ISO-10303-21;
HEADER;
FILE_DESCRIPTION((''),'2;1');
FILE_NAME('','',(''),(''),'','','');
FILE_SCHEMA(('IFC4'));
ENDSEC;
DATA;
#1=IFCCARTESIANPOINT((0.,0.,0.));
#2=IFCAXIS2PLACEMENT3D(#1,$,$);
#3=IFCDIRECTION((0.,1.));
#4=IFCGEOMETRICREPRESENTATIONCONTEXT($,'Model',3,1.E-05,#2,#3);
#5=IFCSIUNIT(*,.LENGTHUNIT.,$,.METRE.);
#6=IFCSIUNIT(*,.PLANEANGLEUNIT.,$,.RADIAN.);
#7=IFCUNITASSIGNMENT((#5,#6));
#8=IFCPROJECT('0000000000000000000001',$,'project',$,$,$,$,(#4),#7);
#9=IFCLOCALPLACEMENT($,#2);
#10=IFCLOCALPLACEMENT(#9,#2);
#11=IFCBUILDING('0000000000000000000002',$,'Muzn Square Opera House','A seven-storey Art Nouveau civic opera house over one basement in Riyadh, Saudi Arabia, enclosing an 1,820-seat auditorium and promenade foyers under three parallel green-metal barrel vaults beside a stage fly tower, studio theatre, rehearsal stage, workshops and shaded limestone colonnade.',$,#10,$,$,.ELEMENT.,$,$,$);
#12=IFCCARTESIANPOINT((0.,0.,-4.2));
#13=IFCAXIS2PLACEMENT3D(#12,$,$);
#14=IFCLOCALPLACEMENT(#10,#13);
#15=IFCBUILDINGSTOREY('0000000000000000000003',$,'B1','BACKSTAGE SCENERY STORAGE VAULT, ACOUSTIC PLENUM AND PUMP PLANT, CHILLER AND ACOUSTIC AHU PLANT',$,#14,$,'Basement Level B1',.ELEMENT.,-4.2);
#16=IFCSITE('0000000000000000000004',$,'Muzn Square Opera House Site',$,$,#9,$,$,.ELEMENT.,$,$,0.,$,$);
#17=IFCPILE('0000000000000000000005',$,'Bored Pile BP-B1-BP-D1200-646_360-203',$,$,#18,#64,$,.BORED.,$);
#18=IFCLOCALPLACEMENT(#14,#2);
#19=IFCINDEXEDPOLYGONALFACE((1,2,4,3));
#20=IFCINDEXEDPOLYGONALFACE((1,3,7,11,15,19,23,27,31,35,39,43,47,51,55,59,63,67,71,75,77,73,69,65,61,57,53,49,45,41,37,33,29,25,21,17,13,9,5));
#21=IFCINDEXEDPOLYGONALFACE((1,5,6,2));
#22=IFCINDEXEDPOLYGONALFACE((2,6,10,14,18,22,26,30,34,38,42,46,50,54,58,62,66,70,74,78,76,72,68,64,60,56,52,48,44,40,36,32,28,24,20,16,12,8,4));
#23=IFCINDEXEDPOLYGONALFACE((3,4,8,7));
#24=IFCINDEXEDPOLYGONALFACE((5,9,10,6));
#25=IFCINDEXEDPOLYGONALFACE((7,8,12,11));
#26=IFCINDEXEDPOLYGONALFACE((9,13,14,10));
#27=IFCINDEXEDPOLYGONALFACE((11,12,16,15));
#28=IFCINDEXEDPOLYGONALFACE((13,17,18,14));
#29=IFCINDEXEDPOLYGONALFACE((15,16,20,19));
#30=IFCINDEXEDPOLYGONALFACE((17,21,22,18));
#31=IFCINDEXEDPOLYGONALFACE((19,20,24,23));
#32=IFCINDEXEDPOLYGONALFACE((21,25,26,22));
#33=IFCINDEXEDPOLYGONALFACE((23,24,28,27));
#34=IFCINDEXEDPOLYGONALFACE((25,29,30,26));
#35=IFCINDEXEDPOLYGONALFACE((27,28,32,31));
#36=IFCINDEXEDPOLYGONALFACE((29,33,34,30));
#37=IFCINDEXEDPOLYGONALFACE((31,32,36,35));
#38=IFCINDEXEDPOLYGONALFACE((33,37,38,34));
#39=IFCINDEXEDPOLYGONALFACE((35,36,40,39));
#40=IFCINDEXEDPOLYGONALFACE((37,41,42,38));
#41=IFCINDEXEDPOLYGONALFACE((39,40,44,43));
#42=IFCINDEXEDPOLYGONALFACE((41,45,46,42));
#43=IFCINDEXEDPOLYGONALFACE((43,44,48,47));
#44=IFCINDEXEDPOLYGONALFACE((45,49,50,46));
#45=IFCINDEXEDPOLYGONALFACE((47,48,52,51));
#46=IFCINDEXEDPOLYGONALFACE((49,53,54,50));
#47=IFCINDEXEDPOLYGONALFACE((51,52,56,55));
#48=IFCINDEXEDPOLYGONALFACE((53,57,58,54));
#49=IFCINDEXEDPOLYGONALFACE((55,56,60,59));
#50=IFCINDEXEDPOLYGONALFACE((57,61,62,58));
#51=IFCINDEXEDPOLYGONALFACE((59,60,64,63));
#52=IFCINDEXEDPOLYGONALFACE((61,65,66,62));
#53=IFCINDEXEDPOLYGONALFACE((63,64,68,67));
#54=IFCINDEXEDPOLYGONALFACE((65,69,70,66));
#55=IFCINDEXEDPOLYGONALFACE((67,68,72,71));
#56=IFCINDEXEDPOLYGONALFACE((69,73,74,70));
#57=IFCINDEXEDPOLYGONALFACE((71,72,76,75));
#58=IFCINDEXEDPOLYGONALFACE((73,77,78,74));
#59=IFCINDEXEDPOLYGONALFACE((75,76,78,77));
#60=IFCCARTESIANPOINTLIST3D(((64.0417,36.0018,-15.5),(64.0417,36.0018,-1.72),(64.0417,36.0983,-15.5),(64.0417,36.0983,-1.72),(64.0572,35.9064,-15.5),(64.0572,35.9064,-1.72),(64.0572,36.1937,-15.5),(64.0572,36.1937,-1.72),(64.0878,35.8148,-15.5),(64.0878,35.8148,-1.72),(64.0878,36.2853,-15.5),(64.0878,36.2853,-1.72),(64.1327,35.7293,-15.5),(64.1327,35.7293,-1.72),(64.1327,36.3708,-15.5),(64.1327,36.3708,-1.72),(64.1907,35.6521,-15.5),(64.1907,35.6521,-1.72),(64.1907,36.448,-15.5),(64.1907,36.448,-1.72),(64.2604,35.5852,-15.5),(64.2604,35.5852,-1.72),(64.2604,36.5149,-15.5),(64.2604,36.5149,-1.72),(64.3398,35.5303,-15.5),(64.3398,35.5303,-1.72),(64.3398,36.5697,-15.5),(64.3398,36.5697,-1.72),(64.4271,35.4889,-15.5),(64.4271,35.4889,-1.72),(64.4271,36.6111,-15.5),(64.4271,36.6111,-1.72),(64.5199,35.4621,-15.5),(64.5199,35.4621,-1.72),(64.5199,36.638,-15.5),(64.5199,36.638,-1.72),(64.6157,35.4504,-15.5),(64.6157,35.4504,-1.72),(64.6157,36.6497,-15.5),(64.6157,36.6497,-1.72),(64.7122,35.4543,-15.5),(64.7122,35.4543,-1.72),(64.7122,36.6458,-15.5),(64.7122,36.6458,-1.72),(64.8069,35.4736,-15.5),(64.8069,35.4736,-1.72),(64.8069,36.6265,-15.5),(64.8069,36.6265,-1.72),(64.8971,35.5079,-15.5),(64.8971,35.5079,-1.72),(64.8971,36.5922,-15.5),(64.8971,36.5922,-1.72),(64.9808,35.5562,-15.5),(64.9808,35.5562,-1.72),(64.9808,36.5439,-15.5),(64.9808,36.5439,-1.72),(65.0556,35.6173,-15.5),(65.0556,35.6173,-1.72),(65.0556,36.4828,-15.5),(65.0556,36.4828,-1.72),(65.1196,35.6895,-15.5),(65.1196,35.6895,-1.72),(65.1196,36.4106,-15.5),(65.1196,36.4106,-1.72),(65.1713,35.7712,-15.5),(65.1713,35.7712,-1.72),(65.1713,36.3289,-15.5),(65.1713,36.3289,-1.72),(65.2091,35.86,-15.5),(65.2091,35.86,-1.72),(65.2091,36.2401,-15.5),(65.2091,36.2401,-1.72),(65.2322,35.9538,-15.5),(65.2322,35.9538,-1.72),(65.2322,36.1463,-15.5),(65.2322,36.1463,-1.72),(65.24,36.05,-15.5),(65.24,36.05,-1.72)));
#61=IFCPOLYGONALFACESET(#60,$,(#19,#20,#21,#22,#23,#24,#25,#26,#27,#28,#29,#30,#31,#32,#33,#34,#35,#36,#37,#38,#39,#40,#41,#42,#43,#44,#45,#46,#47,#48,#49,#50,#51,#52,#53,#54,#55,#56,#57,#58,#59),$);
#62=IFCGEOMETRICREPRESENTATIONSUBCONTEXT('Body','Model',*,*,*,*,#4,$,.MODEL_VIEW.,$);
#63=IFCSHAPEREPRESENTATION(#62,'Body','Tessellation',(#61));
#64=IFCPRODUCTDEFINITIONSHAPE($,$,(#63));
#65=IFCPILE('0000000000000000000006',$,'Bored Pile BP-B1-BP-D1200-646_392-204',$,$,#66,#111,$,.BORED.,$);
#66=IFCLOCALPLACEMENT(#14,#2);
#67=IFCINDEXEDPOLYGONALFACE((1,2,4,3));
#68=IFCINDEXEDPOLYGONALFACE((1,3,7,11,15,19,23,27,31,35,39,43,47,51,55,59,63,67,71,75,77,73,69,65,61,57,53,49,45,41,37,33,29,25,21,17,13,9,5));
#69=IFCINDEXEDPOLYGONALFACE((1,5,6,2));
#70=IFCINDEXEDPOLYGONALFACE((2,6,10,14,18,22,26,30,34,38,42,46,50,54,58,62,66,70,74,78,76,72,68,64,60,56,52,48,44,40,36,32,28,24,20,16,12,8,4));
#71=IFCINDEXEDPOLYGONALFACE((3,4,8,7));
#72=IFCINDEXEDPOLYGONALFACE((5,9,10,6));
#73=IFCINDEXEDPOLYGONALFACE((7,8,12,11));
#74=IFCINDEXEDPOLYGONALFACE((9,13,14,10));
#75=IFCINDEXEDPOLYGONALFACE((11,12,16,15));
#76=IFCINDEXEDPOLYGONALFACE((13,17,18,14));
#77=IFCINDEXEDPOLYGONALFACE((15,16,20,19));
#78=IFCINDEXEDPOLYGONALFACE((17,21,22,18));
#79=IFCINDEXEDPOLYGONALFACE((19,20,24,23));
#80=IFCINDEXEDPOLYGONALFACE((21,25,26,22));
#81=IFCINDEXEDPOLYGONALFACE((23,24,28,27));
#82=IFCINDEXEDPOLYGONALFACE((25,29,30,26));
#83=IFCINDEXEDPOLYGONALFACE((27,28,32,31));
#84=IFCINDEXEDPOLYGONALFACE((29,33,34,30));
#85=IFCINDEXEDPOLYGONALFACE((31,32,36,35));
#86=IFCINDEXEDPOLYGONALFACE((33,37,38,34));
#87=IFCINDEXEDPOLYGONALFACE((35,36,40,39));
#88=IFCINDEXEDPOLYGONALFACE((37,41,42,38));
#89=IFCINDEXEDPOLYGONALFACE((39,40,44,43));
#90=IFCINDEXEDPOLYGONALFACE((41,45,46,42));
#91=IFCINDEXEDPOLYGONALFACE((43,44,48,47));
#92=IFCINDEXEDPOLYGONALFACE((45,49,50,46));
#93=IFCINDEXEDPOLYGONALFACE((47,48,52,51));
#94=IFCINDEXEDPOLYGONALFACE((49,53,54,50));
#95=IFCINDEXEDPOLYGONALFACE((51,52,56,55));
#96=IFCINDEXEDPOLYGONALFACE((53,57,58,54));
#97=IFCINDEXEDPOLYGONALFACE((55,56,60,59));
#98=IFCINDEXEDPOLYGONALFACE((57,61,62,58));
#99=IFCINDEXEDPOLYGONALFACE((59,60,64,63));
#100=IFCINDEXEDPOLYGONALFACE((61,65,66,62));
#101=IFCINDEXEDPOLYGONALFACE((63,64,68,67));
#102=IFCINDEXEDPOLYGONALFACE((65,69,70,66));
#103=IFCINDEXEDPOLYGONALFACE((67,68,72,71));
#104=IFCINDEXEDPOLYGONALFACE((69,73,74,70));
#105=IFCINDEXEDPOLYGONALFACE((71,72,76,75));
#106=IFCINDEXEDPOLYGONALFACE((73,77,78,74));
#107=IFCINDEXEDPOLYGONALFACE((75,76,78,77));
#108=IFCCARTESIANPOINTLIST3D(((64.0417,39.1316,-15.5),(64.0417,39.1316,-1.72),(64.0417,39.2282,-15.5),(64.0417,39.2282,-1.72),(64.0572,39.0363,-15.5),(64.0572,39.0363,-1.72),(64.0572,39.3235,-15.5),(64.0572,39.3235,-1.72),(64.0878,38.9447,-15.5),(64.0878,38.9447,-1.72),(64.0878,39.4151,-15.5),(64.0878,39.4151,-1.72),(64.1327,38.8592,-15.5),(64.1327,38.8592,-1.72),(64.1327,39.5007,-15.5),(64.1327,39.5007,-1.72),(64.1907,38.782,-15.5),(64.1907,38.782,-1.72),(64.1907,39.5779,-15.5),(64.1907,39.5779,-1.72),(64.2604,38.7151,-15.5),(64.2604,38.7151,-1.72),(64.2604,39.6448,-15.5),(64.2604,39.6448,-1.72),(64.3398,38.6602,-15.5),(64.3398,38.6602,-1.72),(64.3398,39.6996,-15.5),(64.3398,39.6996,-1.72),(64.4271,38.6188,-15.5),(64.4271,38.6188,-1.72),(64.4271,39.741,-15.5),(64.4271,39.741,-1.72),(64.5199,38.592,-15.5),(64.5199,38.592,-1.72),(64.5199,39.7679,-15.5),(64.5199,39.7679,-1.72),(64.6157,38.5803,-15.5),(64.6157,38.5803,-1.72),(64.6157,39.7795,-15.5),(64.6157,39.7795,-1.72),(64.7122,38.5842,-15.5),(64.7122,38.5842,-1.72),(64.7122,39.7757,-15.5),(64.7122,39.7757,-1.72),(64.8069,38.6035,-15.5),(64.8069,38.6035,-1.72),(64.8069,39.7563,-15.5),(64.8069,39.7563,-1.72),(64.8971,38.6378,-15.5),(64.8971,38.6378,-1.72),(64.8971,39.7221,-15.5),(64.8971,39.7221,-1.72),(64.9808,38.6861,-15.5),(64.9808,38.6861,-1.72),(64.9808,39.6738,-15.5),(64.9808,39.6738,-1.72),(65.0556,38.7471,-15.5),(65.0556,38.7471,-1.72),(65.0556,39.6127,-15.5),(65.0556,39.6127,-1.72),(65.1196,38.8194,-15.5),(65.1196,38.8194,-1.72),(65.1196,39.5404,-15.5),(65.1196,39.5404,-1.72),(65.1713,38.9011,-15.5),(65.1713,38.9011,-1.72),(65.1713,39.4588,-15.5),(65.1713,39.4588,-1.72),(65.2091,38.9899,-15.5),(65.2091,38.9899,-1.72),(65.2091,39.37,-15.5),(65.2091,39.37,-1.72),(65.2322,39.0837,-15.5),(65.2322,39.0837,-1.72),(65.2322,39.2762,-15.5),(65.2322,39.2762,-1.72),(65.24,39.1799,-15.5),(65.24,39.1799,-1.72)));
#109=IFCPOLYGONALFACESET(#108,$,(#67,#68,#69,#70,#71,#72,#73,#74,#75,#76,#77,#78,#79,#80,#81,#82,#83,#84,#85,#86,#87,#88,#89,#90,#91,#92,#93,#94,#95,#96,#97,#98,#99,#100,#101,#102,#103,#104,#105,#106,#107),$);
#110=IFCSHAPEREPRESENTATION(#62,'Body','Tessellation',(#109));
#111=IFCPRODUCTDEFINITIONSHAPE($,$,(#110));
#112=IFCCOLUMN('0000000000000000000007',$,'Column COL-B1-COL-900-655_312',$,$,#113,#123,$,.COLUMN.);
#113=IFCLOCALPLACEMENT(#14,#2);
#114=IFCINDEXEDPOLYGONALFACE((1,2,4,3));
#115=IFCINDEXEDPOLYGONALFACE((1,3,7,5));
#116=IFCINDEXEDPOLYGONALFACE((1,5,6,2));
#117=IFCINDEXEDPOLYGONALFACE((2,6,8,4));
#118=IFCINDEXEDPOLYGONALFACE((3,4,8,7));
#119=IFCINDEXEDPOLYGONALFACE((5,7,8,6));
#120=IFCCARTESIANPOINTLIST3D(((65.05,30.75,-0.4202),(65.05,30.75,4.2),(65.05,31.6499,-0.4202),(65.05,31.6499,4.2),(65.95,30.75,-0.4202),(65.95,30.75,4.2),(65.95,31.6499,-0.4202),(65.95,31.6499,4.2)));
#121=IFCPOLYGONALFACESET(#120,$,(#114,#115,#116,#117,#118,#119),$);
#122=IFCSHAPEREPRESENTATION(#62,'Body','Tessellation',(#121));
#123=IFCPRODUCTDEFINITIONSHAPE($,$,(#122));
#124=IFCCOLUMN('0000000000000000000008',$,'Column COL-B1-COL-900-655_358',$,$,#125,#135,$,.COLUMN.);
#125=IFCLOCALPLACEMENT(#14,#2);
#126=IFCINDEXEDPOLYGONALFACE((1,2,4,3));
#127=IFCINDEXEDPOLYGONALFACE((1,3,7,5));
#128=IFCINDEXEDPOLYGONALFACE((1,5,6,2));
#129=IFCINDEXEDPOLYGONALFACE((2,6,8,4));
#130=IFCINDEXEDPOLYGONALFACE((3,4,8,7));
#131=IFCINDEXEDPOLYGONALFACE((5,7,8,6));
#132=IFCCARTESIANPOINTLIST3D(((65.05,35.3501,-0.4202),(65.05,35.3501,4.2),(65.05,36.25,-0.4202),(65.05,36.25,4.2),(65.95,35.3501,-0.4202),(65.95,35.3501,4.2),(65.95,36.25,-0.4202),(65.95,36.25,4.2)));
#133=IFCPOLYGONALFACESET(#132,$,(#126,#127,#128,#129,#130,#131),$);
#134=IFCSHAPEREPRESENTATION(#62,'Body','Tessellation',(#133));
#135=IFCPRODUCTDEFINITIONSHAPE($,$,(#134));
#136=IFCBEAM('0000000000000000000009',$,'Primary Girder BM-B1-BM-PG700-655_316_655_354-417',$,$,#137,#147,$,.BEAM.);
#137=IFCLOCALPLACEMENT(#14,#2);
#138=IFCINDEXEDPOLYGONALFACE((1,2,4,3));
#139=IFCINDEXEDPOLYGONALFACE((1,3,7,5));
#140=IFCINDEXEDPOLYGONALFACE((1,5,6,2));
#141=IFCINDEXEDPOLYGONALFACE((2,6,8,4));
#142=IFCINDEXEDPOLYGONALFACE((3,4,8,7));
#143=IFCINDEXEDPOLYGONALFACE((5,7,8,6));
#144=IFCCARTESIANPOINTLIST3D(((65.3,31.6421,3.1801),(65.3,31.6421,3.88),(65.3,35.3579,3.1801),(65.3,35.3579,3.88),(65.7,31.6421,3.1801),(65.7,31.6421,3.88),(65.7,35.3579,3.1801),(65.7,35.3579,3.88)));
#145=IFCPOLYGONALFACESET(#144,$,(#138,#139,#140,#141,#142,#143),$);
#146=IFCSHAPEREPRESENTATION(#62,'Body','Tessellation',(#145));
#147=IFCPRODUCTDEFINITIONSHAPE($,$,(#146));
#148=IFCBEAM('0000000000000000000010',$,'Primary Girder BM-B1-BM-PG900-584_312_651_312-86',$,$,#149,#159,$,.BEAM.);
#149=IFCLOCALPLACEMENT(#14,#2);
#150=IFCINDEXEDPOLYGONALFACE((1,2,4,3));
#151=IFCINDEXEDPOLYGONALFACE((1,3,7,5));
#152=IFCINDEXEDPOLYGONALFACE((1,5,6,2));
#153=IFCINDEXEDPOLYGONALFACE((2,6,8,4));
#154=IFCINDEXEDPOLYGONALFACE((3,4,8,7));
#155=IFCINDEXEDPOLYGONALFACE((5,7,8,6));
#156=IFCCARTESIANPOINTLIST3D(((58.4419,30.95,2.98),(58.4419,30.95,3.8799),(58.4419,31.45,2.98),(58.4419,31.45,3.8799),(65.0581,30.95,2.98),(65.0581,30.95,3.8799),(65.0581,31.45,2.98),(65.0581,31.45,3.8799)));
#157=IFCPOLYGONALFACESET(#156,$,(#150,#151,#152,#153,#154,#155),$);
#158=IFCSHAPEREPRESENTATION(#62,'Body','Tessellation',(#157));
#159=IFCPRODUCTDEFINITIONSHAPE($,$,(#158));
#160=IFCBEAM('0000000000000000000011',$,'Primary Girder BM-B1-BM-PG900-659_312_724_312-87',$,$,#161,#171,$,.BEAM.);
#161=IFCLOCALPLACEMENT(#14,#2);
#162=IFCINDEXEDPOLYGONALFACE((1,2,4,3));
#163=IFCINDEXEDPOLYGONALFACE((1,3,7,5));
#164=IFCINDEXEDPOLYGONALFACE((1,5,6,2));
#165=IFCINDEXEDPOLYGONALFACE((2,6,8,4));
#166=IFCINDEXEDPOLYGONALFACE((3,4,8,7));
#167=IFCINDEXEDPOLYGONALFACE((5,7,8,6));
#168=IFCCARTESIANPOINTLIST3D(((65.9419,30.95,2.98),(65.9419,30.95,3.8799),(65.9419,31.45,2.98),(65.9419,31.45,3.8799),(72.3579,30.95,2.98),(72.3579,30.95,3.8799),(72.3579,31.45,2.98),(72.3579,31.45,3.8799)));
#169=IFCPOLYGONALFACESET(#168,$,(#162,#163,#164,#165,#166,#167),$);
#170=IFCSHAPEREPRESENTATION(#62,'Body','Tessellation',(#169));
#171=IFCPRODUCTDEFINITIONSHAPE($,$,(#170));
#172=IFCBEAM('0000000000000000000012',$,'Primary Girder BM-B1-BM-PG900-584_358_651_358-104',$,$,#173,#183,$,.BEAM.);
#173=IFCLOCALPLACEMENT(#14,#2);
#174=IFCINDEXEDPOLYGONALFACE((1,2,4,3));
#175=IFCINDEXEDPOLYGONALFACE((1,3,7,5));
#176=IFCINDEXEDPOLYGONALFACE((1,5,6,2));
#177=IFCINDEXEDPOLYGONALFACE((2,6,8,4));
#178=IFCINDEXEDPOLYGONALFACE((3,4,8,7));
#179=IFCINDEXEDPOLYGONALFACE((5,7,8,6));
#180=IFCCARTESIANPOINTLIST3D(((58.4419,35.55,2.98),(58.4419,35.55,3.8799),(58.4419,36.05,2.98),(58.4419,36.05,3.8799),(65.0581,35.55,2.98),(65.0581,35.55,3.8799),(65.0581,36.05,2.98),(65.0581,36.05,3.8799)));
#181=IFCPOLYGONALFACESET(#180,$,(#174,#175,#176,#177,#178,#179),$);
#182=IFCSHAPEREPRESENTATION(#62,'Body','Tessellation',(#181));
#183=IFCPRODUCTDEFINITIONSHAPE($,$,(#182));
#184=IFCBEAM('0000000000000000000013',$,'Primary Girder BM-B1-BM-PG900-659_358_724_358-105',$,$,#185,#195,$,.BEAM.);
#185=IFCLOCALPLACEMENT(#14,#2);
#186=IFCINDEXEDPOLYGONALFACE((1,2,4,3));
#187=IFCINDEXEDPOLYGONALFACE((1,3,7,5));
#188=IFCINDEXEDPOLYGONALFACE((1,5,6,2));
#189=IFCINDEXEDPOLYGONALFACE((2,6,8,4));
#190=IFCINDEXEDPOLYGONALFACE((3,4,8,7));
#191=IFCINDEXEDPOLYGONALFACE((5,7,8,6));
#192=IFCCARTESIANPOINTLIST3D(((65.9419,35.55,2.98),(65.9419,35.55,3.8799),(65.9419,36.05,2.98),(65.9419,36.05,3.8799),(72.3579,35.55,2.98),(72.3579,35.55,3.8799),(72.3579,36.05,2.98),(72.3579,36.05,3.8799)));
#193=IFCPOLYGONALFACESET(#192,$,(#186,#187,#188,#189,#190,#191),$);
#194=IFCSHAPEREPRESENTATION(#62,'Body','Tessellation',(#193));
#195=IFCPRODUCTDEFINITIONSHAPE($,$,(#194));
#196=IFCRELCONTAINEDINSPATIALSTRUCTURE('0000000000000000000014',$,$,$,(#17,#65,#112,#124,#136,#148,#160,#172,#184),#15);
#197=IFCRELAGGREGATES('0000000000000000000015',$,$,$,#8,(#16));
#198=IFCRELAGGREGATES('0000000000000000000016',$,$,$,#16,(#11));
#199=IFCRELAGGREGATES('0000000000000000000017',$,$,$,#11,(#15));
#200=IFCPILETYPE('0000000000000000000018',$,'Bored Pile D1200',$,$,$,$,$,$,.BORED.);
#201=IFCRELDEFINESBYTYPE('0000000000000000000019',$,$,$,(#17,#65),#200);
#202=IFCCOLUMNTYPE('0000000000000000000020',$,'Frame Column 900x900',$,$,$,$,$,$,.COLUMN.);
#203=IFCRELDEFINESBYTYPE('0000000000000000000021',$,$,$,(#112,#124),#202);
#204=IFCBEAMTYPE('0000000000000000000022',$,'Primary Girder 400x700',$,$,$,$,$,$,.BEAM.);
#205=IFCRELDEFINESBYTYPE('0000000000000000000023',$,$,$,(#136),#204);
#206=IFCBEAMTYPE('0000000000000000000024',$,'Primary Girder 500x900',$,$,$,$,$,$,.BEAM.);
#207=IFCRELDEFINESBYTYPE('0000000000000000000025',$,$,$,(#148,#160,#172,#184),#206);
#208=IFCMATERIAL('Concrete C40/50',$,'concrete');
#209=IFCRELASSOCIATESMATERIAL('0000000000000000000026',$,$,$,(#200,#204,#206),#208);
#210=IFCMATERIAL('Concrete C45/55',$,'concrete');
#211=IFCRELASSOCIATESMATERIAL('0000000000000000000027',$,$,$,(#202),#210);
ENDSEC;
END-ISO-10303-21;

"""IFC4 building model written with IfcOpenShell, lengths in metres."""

from ifc_helpers import new_model, si_unit, direction, frame, origin, origin_2d, place, context, subcontext, project, spatial, rectangle, circle, extrude, material, material_profile, profile_set, type_object, element, save


model = new_model("IFC4")

# Units and contexts
model_context = context("Model", 3, precision=1e-05, world=origin(), true_north=direction((0.0, 1.0)))
body_context = subcontext(model_context, "Body", "Model", "MODEL_VIEW")
ifc_project = project(units=[si_unit("LENGTHUNIT", "METRE"), si_unit("PLANEANGLEUNIT", "RADIAN")], contexts=[model_context])

# Site, building, storey
site_placement = place(None, origin())
site = spatial("IfcSite", under=ifc_project, at=site_placement, Name="Muzn Square Opera House Site", CompositionType="ELEMENT", RefElevation=0.0)
building_placement = place(site_placement, origin())
building = spatial("IfcBuilding", under=site, at=building_placement, Name="Muzn Square Opera House", Description="A seven-storey Art Nouveau civic opera house over one basement in Riyadh, Saudi Arabia, enclosing an 1,820-seat auditorium and promenade foyers under three parallel green-metal barrel vaults beside a stage fly tower, studio theatre, rehearsal stage, workshops and shaded limestone colonnade.", CompositionType="ELEMENT")
storey_placement = place(building_placement, frame((0.0, 0.0, -4.2)))
storey = spatial("IfcBuildingStorey", under=building, at=storey_placement, Name="B1", Description="BACKSTAGE SCENERY STORAGE VAULT, ACOUSTIC PLENUM AND PUMP PLANT, CHILLER AND ACOUSTIC AHU PLANT", LongName="Basement Level B1", CompositionType="ELEMENT", Elevation=-4.2)

# Piles
ifc_material_1 = material(Name="Concrete C40/50", Category="concrete")
ifc_material_profile_1 = material_profile(ifc_material_1, circle(Radius=0.6001, at=origin_2d()), Name="BORED PILE D1200", Category="concrete")
ifc_profile_set_1 = profile_set([ifc_material_profile_1], Name="Concrete C40/50")
pile_type = type_object("IfcPileType", Name="Bored Pile D1200", PredefinedType="BORED", material=ifc_profile_set_1)
for number, where, z_axis, x_axis, name in (
    (1, (64.6399, 36.05, -1.72), (0.0, 0.0, -1.0), (1.0, 0.0, 0.0), "Bored Pile BP-B1-BP-D1200-646_360-203"),
    (2, (64.6399, 39.1799, -1.72), (0.0, 0.0, -1.0), (1.0, 0.0, 0.0), "Bored Pile BP-B1-BP-D1200-646_392-204"),
):
    element("IfcPile", number, at=place(storey_placement, frame(where, z_axis=z_axis, x_axis=x_axis)), inside=storey, type_object=pile_type, Name=name, PredefinedType="BORED", context=body_context, shape_type="SweptSolid", body=[
        extrude(circle(Radius=0.6001, at=origin_2d()), origin(), (0.0, 0.0, 1.0), 13.78),
    ])

# Columns
ifc_material_2 = material(Name="Concrete C45/55", Category="concrete")
ifc_material_profile_2 = material_profile(ifc_material_2, rectangle(XDim=0.8999, YDim=0.8999, at=origin_2d()), Name="RC 900x900", Category="concrete")
ifc_profile_set_2 = profile_set([ifc_material_profile_2], Name="Concrete C45/55")
column_type = type_object("IfcColumnType", Name="Frame Column 900x900", PredefinedType="COLUMN", material=ifc_profile_set_2)
for number, where, z_axis, x_axis, name in (
    (3, (65.5, 31.2, -0.4202), (0.0, 0.0, 1.0), (1.0, 0.0, 0.0), "Column COL-B1-COL-900-655_312"),
    (4, (65.5, 35.8, -0.4202), (0.0, 0.0, 1.0), (1.0, 0.0, 0.0), "Column COL-B1-COL-900-655_358"),
):
    element("IfcColumn", number, at=place(storey_placement, frame(where, z_axis=z_axis, x_axis=x_axis)), inside=storey, type_object=column_type, Name=name, PredefinedType="COLUMN", context=body_context, shape_type="SweptSolid", body=[
        extrude(rectangle(XDim=0.8999, YDim=0.8999, at=origin_2d()), origin(), (0.0, 0.0, 1.0), 4.6201),
    ])

# Beams
ifc_material_profile_3 = material_profile(ifc_material_1, rectangle(XDim=0.3999, YDim=0.7, at=origin_2d()), Name="RCB 400x700", Category="concrete")
ifc_profile_set_3 = profile_set([ifc_material_profile_3], Name="Concrete C40/50")
beam_type_1 = type_object("IfcBeamType", Name="Primary Girder 400x700", PredefinedType="BEAM", material=ifc_profile_set_3)
beam_1_placement = place(storey_placement, frame((65.5, 31.6421, 3.53), z_axis=(0.0, 1.0, 0.0), x_axis=(-1.0, 0.0, 0.0)))
element("IfcBeam", 5, at=beam_1_placement, inside=storey, type_object=beam_type_1, Name="Primary Girder BM-B1-BM-PG700-655_316_655_354-417", PredefinedType="BEAM", context=body_context, shape_type="SweptSolid", body=[
    extrude(rectangle(XDim=0.3999, YDim=0.7, at=origin_2d()), origin(), (0.0, 0.0, 1.0), 3.7158),
])
ifc_material_profile_4 = material_profile(ifc_material_1, rectangle(XDim=0.5, YDim=0.8999, at=origin_2d()), Name="RCB 500x900", Category="concrete")
ifc_profile_set_4 = profile_set([ifc_material_profile_4], Name="Concrete C40/50")
beam_type_2 = type_object("IfcBeamType", Name="Primary Girder 500x900", PredefinedType="BEAM", material=ifc_profile_set_4)
beam_2_placement = place(storey_placement, frame((58.4419, 31.2, 3.4299), z_axis=(1.0, 0.0, 0.0), x_axis=(0.0, 1.0, 0.0)))
element("IfcBeam", 6, at=beam_2_placement, inside=storey, type_object=beam_type_2, Name="Primary Girder BM-B1-BM-PG900-584_312_651_312-86", PredefinedType="BEAM", context=body_context, shape_type="SweptSolid", body=[
    extrude(rectangle(XDim=0.5, YDim=0.8999, at=origin_2d()), origin(), (0.0, 0.0, 1.0), 6.6162),
])
beam_3_placement = place(storey_placement, frame((65.9419, 31.2, 3.4299), z_axis=(1.0, 0.0, 0.0), x_axis=(0.0, 1.0, 0.0)))
element("IfcBeam", 7, at=beam_3_placement, inside=storey, type_object=beam_type_2, Name="Primary Girder BM-B1-BM-PG900-659_312_724_312-87", PredefinedType="BEAM", context=body_context, shape_type="SweptSolid", body=[
    extrude(rectangle(XDim=0.5, YDim=0.8999, at=origin_2d()), origin(), (0.0, 0.0, 1.0), 6.416),
])
beam_4_placement = place(storey_placement, frame((58.4419, 35.8, 3.4299), z_axis=(1.0, 0.0, 0.0), x_axis=(0.0, 1.0, 0.0)))
element("IfcBeam", 8, at=beam_4_placement, inside=storey, type_object=beam_type_2, Name="Primary Girder BM-B1-BM-PG900-584_358_651_358-104", PredefinedType="BEAM", context=body_context, shape_type="SweptSolid", body=[
    extrude(rectangle(XDim=0.5, YDim=0.8999, at=origin_2d()), origin(), (0.0, 0.0, 1.0), 6.6162),
])
beam_5_placement = place(storey_placement, frame((65.9419, 35.8, 3.4299), z_axis=(1.0, 0.0, 0.0), x_axis=(0.0, 1.0, 0.0)))
element("IfcBeam", 9, at=beam_5_placement, inside=storey, type_object=beam_type_2, Name="Primary Girder BM-B1-BM-PG900-659_358_724_358-105", PredefinedType="BEAM", context=body_context, shape_type="SweptSolid", body=[
    extrude(rectangle(XDim=0.5, YDim=0.8999, at=origin_2d()), origin(), (0.0, 0.0, 1.0), 6.416),
])

save(model, "model.ifc")
